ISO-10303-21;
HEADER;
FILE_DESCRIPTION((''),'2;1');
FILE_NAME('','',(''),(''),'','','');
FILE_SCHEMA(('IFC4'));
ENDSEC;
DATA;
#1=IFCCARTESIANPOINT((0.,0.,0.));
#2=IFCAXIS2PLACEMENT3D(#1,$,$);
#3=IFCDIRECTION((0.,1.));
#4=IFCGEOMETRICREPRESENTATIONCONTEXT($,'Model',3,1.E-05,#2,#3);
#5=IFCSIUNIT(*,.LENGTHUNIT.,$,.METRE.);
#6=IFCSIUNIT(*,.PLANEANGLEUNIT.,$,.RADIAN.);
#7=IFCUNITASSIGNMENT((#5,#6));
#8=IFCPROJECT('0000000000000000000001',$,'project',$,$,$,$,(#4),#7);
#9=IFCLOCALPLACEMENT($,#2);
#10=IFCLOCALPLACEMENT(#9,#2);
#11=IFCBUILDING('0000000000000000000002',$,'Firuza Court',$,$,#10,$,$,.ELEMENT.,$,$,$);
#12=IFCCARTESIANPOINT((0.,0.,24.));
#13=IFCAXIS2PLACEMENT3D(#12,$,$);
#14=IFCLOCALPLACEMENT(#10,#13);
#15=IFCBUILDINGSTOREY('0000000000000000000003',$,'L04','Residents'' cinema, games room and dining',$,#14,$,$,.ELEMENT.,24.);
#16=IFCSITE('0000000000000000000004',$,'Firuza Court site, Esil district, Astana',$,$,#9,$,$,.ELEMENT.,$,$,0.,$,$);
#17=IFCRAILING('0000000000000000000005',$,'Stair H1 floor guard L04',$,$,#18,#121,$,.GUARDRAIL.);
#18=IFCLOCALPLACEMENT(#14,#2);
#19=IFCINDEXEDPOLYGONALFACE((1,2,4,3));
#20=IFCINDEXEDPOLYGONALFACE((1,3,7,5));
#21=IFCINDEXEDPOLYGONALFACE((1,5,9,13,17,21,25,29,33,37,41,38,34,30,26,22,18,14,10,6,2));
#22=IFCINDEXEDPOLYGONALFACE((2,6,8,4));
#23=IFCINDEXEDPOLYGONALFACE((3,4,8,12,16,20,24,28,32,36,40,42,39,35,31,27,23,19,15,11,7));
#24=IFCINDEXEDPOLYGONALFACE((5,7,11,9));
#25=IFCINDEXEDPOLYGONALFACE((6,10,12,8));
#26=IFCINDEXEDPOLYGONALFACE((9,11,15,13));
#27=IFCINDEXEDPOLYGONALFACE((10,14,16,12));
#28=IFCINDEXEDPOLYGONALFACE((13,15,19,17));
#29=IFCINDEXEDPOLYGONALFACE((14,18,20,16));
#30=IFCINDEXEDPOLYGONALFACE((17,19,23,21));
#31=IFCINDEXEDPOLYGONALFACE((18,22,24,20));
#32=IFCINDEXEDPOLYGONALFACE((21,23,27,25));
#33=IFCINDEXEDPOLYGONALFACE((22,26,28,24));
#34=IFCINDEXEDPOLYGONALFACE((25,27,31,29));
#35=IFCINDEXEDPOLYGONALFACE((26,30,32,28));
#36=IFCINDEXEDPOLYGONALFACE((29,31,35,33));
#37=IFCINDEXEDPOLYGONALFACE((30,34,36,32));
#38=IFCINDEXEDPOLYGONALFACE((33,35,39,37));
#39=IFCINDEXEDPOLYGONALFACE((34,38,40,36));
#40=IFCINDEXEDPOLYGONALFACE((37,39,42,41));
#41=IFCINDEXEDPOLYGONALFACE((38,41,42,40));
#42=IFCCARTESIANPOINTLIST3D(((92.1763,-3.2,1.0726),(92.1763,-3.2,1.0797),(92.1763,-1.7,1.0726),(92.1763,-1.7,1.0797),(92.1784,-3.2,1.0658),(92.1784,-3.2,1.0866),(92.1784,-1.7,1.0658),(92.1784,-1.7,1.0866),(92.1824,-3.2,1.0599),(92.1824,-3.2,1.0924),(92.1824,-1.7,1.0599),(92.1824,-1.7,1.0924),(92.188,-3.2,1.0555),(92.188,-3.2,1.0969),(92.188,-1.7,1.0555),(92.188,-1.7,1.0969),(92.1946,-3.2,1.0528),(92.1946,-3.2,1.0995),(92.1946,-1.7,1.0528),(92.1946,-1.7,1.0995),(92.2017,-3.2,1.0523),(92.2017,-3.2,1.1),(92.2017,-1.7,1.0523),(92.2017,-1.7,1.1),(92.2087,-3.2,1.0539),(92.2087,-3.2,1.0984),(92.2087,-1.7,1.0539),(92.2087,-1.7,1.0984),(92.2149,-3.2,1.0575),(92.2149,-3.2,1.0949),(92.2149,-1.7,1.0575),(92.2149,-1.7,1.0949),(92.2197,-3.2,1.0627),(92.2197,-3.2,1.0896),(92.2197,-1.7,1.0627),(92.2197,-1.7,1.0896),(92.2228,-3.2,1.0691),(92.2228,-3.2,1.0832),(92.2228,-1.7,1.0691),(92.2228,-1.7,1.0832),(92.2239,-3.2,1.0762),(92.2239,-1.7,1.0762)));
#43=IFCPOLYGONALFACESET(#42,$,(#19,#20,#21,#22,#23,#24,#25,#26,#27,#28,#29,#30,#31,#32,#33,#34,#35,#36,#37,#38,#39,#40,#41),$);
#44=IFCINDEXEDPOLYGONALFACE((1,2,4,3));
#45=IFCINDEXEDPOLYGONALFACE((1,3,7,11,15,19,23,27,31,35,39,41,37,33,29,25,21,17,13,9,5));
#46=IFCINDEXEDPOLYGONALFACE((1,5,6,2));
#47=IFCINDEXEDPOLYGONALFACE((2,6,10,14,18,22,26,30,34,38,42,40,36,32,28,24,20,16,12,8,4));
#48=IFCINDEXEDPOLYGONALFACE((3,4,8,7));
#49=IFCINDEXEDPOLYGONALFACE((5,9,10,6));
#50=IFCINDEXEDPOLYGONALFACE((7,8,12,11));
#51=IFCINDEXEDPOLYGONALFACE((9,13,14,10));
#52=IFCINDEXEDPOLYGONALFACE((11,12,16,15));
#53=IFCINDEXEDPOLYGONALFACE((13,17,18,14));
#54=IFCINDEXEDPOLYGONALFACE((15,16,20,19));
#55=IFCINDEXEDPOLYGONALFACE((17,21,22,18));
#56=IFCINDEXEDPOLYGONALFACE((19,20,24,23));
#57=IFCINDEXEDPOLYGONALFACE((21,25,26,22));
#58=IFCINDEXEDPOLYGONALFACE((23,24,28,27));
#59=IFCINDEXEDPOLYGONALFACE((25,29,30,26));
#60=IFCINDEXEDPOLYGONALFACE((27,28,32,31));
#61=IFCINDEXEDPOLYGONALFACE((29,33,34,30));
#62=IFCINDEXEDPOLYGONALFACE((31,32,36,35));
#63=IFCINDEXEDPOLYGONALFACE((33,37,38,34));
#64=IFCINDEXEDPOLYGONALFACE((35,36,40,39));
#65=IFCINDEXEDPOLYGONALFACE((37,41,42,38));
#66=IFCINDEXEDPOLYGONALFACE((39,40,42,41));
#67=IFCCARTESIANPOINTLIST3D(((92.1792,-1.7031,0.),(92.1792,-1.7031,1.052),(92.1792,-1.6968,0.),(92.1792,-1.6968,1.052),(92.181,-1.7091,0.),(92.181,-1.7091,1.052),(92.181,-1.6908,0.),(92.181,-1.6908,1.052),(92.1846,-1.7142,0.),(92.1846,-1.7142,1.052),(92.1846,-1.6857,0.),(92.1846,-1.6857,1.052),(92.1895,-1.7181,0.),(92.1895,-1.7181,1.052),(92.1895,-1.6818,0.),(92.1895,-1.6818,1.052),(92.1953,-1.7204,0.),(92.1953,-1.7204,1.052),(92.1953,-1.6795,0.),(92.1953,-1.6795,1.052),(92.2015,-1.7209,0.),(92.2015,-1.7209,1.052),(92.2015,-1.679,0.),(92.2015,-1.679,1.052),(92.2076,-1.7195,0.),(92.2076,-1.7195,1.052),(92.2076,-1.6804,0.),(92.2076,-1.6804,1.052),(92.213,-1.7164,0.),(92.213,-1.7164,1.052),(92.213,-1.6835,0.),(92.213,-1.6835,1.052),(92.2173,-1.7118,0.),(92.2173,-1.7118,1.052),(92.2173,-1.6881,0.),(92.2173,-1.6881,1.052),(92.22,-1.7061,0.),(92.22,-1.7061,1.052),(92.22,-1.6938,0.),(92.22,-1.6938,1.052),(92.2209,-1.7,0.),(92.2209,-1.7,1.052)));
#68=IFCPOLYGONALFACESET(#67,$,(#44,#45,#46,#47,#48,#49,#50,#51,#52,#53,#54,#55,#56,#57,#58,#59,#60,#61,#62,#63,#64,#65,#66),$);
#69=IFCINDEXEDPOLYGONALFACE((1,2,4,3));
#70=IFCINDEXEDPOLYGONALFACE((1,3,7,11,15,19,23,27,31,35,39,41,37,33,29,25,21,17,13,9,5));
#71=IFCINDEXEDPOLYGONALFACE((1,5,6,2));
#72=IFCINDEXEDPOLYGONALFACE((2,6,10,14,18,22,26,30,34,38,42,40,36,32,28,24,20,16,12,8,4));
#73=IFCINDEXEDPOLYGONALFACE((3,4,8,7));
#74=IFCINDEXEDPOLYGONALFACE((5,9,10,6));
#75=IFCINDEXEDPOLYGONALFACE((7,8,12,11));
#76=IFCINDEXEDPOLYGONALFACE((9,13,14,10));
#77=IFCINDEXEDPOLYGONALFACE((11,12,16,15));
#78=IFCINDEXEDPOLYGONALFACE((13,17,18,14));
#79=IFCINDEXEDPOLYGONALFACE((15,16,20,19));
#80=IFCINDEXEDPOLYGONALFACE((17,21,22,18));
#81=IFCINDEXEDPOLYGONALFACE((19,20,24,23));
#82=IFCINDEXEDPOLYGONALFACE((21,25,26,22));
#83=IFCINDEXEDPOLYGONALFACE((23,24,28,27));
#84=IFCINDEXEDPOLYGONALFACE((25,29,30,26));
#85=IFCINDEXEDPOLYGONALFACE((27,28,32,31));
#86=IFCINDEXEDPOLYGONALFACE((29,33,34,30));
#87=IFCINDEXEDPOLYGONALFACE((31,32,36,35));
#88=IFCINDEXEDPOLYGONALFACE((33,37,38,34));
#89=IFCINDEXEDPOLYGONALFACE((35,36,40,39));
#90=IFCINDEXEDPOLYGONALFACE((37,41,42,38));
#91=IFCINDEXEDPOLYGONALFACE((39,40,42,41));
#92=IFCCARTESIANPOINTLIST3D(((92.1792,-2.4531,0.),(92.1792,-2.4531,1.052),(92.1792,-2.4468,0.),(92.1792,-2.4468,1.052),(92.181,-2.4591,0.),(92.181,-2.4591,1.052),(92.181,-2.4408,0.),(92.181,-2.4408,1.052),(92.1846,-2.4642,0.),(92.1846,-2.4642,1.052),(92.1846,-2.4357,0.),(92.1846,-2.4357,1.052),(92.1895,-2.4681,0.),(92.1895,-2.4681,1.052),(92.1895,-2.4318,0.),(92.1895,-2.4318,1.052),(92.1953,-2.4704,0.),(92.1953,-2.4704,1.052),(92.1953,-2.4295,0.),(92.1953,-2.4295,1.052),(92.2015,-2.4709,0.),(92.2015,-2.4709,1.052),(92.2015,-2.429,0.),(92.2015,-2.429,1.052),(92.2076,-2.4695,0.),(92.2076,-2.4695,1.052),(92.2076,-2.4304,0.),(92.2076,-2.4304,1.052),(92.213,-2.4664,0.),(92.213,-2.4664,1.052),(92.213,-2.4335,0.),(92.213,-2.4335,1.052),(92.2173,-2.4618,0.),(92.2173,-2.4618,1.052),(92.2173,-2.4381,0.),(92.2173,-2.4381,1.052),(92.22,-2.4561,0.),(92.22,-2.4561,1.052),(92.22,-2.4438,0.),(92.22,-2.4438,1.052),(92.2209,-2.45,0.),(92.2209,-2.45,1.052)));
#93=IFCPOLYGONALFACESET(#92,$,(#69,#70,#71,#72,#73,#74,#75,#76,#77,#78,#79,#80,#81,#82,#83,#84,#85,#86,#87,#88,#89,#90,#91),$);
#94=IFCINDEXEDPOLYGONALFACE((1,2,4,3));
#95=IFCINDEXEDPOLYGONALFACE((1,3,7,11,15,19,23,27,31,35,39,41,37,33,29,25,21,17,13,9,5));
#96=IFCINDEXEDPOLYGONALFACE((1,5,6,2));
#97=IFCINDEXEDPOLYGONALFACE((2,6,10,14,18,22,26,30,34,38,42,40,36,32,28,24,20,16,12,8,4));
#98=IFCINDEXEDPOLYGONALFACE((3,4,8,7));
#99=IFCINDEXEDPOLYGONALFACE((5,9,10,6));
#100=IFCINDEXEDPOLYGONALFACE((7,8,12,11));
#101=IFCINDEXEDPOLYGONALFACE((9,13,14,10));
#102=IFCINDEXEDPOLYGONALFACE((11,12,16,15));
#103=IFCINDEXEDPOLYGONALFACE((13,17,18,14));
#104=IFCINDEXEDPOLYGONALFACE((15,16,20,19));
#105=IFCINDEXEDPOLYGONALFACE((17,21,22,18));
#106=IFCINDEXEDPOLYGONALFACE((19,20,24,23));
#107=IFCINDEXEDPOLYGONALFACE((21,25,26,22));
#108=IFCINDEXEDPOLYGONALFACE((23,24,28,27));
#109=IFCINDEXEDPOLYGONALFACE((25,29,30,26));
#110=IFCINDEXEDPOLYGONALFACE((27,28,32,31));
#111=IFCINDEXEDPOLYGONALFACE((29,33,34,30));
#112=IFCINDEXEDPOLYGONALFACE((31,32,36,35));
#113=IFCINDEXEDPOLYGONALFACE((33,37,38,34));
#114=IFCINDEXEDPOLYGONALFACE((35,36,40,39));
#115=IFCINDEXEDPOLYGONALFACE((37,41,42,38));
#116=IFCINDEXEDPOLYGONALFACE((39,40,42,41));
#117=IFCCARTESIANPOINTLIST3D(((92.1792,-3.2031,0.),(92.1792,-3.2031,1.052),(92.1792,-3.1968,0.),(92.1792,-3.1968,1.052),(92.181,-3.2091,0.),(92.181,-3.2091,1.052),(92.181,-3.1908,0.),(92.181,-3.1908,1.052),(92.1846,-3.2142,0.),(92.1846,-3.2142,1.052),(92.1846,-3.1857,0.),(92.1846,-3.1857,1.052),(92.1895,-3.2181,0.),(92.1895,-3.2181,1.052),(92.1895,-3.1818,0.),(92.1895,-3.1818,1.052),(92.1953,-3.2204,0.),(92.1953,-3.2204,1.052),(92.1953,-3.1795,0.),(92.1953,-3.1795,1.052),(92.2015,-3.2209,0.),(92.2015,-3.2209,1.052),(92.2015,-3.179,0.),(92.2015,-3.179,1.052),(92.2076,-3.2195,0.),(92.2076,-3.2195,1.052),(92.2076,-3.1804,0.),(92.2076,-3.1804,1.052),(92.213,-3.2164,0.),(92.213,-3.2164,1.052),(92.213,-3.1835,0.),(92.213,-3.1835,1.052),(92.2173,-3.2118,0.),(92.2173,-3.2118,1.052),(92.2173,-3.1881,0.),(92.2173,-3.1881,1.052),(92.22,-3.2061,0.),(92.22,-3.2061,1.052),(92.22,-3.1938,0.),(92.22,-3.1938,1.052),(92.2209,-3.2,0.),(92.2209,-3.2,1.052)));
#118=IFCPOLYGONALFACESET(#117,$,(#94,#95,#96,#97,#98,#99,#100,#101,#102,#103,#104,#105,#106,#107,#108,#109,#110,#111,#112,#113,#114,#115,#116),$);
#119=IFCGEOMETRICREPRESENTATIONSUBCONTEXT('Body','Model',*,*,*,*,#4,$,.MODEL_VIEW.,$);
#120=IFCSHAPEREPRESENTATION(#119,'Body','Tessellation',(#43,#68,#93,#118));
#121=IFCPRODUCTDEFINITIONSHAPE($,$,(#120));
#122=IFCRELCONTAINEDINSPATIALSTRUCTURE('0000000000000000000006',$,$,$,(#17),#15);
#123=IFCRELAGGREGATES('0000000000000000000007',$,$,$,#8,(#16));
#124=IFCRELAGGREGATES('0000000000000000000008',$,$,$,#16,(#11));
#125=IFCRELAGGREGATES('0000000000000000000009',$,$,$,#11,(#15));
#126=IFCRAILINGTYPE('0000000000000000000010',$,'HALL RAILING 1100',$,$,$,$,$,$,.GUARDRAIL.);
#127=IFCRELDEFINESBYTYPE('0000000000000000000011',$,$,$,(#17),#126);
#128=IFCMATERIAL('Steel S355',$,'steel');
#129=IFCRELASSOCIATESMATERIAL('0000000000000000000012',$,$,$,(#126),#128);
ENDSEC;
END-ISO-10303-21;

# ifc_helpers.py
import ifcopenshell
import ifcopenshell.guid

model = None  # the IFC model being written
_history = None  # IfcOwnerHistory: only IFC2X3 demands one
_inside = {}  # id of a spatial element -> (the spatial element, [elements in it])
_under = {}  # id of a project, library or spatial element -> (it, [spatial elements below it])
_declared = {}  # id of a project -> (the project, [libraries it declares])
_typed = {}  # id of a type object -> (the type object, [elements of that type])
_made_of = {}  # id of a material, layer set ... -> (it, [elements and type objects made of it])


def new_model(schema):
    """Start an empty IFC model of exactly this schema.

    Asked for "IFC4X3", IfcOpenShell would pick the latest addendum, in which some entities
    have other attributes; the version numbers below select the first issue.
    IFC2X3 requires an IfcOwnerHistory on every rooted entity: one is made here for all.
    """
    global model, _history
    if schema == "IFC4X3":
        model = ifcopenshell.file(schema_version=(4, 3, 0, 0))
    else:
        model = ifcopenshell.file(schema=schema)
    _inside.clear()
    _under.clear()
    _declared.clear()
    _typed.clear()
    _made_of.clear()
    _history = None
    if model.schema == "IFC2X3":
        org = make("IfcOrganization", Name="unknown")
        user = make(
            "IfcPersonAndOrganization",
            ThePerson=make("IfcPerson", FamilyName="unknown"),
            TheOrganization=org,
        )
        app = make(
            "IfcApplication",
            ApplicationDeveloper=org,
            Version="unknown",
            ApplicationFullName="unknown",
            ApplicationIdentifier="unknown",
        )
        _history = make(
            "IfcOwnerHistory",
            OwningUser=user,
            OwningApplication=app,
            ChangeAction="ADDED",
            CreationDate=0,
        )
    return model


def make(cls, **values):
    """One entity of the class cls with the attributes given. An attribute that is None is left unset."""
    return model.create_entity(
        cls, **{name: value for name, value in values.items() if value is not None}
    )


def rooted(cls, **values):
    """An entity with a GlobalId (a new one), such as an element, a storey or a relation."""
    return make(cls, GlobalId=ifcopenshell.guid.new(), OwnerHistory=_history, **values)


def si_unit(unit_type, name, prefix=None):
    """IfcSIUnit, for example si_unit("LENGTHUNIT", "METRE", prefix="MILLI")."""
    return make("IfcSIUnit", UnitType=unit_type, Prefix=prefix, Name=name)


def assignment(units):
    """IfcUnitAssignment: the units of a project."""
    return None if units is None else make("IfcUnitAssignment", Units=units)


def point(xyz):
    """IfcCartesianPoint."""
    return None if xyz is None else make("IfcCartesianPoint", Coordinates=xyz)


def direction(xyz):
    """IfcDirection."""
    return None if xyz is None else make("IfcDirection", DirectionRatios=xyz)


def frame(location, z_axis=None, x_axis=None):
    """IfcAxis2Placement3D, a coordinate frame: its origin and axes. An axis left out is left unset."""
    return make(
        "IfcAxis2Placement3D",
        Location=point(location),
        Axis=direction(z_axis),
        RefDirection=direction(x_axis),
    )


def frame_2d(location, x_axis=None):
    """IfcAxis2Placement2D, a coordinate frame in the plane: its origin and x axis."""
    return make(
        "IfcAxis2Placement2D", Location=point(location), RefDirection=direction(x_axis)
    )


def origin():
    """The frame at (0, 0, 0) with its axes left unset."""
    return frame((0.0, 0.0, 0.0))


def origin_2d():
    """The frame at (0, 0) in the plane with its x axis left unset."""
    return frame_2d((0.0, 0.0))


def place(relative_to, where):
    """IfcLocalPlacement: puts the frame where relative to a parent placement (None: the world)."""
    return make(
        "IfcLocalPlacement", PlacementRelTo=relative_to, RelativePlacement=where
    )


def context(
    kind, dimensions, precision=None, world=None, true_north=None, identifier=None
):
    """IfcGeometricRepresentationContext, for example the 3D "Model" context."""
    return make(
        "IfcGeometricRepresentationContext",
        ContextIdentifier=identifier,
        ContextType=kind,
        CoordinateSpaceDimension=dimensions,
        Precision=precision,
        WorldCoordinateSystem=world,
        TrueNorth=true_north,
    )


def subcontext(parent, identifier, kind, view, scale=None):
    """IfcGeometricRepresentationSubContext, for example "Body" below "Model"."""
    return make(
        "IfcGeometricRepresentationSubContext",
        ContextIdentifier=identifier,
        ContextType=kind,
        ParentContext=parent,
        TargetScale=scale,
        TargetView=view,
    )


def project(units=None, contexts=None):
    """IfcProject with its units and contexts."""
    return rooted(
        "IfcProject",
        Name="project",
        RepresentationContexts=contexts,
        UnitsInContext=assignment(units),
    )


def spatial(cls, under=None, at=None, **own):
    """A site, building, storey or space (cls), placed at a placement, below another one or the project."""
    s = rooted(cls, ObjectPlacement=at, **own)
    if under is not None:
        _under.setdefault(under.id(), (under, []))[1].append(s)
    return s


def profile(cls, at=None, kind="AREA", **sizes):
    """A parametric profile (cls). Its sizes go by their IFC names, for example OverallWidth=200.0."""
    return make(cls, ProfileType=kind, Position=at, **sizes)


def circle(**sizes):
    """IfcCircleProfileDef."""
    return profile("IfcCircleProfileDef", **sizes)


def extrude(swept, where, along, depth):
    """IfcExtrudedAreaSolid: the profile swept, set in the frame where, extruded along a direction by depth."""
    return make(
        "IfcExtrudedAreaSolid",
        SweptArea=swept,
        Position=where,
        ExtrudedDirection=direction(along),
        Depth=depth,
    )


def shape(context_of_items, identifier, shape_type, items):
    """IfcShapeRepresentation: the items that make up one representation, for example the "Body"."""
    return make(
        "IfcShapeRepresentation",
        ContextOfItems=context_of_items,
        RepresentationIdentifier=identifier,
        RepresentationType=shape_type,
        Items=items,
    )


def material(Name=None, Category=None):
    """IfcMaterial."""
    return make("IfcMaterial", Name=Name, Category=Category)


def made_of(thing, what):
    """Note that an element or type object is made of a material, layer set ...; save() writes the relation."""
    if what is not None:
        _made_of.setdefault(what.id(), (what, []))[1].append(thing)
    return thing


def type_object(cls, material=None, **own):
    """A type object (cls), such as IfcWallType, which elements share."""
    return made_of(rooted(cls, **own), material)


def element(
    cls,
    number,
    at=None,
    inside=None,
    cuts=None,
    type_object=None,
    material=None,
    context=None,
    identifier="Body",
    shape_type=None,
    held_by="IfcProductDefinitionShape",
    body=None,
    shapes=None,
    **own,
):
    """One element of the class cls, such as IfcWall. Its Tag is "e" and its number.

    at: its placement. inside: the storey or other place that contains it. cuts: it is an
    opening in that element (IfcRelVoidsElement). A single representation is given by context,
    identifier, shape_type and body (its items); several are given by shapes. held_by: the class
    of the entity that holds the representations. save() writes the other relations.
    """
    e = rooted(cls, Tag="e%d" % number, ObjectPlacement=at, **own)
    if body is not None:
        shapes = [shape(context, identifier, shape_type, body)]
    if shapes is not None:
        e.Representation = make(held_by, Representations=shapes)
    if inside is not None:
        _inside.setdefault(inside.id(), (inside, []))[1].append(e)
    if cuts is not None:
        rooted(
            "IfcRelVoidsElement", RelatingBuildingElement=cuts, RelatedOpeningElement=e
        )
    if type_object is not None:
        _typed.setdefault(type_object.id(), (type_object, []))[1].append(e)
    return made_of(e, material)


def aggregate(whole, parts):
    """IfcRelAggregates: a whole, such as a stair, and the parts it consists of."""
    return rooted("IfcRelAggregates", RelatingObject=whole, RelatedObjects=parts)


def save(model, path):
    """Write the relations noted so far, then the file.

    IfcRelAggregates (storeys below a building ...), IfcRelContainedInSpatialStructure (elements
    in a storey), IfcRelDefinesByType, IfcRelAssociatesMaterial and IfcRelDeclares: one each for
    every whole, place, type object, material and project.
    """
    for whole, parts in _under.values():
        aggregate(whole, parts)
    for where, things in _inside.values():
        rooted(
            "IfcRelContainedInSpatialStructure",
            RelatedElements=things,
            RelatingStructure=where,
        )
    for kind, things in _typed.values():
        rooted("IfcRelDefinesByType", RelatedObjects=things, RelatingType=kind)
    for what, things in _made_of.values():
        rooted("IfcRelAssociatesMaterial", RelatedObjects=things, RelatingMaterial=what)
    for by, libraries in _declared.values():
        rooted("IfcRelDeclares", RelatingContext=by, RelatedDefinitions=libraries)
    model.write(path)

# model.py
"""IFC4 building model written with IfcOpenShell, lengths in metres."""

from ifc_helpers import new_model, si_unit, direction, frame, origin, origin_2d, place, context, subcontext, project, spatial, circle, extrude, material, type_object, element, save


model = new_model("IFC4")

# Units and contexts
model_context = context("Model", 3, precision=1e-05, world=origin(), true_north=direction((0.0, 1.0)))
body_context = subcontext(model_context, "Body", "Model", "MODEL_VIEW")
ifc_project = project(units=[si_unit("LENGTHUNIT", "METRE"), si_unit("PLANEANGLEUNIT", "RADIAN")], contexts=[model_context])

# Site, building, storey
site_placement = place(None, origin())
site = spatial("IfcSite", under=ifc_project, at=site_placement, Name="Firuza Court site, Esil district, Astana", CompositionType="ELEMENT", RefElevation=0.0)
building_placement = place(site_placement, origin())
building = spatial("IfcBuilding", under=site, at=building_placement, Name="Firuza Court", CompositionType="ELEMENT")
storey_placement = place(building_placement, frame((0.0, 0.0, 24.0)))
storey = spatial("IfcBuildingStorey", under=building, at=storey_placement, Name="L04", Description="Residents' cinema, games room and dining", CompositionType="ELEMENT", Elevation=24.0)

# Railing
ifc_material_1 = material(Name="Steel S355", Category="steel")
railing_type = type_object("IfcRailingType", Name="HALL RAILING 1100", PredefinedType="GUARDRAIL", material=ifc_material_1)
railing_placement = place(storey_placement, frame((92.2, -1.7, 0.0)))
element("IfcRailing", 1, at=railing_placement, inside=storey, type_object=railing_type, Name="Stair H1 floor guard L04", PredefinedType="GUARDRAIL", context=body_context, shape_type="SweptSolid", body=[
    extrude(circle(Radius=0.0239, at=origin_2d()), frame((0.0, 0.0, 1.0762), z_axis=(0.0, -1.0, 0.0), x_axis=(1.0, 0.0, 0.0)), (0.0, 0.0, 1.0), 1.5),
    extrude(circle(Radius=0.021, at=origin_2d()), origin(), (0.0, 0.0, 1.0), 1.052),
    extrude(circle(Radius=0.021, at=origin_2d()), frame((0.0, -0.75, 0.0)), (0.0, 0.0, 1.0), 1.052),
    extrude(circle(Radius=0.021, at=origin_2d()), frame((0.0, -1.5, 0.0)), (0.0, 0.0, 1.0), 1.052),
])

save(model, "model.ifc")
